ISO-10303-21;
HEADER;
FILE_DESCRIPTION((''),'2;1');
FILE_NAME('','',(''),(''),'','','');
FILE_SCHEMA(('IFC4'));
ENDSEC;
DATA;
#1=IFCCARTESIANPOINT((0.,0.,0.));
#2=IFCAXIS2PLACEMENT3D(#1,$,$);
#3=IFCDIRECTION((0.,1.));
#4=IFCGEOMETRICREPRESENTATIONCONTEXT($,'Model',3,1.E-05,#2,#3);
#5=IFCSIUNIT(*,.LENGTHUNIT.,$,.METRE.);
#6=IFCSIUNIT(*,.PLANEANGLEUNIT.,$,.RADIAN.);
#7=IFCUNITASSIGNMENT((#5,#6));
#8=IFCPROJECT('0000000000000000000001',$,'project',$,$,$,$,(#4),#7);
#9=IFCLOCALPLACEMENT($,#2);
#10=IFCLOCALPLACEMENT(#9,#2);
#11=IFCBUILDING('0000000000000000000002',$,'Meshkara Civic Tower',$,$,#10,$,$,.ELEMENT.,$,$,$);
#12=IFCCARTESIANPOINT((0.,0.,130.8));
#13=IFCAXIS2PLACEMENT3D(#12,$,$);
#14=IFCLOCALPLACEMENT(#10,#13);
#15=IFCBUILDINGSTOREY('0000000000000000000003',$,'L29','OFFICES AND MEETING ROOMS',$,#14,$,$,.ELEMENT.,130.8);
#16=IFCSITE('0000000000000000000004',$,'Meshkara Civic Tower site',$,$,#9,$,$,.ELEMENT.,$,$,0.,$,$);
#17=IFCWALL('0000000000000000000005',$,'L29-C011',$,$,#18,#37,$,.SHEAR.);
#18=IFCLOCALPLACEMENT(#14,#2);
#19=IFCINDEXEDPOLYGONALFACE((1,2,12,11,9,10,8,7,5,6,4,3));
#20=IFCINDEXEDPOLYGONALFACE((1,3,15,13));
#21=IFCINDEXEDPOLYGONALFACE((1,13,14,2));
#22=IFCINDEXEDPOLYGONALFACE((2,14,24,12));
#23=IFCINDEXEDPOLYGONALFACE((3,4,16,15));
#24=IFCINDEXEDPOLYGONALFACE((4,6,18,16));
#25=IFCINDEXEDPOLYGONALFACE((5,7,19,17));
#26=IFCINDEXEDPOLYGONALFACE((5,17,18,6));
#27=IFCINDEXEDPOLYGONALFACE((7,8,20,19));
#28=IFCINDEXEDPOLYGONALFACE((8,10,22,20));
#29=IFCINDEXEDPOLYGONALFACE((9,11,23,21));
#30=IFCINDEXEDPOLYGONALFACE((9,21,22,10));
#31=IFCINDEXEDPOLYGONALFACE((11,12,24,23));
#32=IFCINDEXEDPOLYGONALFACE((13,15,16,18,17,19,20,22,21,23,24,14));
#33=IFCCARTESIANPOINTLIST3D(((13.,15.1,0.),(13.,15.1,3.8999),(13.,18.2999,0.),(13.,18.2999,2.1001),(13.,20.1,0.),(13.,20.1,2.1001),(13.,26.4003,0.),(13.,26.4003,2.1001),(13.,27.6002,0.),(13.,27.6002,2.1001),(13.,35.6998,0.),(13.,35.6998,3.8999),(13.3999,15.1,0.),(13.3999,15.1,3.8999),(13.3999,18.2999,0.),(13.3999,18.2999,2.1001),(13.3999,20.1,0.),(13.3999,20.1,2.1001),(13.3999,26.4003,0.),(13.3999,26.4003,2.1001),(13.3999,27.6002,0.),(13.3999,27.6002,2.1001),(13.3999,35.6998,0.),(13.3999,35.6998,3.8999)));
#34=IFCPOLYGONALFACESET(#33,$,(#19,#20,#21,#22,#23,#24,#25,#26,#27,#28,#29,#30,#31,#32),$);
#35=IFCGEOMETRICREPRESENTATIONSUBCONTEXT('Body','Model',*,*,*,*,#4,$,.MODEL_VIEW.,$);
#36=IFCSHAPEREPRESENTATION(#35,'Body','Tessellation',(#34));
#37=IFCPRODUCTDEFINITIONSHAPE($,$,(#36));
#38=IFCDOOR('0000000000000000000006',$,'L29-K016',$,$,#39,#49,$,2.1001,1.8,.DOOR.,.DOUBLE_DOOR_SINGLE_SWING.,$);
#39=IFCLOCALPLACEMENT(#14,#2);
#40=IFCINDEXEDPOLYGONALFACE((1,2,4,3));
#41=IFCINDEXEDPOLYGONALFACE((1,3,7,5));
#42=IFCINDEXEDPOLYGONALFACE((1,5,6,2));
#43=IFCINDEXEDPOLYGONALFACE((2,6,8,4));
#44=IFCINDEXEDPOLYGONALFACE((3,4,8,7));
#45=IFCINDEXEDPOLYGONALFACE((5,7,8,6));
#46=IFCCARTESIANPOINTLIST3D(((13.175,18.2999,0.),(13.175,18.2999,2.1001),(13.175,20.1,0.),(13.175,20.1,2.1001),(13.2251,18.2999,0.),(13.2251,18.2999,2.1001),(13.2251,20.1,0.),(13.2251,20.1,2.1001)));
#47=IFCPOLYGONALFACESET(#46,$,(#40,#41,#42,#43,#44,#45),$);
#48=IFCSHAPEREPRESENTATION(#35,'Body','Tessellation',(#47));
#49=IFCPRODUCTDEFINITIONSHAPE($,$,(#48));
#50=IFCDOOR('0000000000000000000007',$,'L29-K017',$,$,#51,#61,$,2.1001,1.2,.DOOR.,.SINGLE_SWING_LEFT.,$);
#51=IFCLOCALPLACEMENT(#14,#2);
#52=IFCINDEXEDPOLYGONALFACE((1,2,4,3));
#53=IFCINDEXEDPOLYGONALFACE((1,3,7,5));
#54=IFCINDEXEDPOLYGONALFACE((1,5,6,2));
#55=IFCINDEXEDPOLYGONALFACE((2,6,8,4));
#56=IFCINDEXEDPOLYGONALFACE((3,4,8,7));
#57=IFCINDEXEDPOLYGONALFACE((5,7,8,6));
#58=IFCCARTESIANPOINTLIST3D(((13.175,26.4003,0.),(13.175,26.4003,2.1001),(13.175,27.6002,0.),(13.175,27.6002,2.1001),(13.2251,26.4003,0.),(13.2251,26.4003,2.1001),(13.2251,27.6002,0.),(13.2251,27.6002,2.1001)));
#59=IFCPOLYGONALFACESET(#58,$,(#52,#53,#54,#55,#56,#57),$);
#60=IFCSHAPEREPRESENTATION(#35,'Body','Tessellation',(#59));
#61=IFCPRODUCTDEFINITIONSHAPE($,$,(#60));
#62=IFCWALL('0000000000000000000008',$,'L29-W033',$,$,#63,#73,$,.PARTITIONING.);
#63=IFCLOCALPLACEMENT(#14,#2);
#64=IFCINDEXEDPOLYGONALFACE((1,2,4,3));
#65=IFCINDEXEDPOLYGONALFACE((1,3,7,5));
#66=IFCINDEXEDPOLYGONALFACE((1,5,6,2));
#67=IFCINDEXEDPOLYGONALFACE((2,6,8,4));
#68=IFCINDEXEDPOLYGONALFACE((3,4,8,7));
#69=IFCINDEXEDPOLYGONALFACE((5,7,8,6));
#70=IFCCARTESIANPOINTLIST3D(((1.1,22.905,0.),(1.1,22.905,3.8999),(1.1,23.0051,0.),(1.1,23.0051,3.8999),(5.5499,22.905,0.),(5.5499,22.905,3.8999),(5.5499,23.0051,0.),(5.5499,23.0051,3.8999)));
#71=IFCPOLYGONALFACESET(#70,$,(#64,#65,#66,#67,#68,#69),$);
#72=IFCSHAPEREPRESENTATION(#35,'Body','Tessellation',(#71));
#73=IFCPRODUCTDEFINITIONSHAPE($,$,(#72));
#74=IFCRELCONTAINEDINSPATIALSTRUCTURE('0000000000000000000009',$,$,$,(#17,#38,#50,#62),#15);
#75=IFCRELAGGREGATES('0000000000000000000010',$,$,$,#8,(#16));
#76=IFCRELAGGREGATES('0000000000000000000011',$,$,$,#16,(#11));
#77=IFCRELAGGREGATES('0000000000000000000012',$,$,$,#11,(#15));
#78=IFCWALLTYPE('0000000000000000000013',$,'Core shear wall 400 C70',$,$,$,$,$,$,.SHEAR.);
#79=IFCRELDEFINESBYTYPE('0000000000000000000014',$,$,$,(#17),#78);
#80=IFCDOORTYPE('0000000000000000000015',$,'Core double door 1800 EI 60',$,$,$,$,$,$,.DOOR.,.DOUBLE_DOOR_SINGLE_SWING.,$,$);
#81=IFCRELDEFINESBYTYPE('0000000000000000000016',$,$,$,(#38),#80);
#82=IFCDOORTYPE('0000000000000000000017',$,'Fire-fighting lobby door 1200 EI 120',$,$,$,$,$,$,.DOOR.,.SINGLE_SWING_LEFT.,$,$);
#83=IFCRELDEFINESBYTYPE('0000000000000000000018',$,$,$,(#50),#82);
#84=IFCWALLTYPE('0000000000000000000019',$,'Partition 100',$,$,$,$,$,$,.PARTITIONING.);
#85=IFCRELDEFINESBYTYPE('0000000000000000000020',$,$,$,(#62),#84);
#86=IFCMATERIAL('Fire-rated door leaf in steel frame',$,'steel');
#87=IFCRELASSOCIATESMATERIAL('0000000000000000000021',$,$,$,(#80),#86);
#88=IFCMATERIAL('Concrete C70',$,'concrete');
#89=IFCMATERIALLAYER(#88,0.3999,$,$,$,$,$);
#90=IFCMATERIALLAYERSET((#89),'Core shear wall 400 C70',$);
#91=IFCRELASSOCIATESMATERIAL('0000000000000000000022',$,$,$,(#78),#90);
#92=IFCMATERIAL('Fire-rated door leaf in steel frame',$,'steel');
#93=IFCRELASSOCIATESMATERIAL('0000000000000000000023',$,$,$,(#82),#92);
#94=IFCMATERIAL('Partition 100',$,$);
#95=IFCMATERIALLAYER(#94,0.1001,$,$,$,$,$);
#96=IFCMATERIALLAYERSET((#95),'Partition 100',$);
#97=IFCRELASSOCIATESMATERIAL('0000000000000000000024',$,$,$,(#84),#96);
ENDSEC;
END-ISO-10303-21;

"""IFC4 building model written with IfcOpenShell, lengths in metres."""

from ifc_helpers import new_model, si_unit, direction, frame, frame_2d, origin, place, context, subcontext, project, spatial, rectangle, extrude, material, layer, layer_set, type_object, element, fill, save


model = new_model("IFC4")

# Units and contexts
model_context = context("Model", 3, precision=1e-05, world=origin(), true_north=direction((0.0, 1.0)))
body_context = subcontext(model_context, "Body", "Model", "MODEL_VIEW")
ifc_project = project(units=[si_unit("LENGTHUNIT", "METRE"), si_unit("PLANEANGLEUNIT", "RADIAN")], contexts=[model_context])

# Site, building, storey
site_placement = place(None, origin())
site = spatial("IfcSite", under=ifc_project, at=site_placement, Name="Meshkara Civic Tower site", CompositionType="ELEMENT", RefElevation=0.0)
building_placement = place(site_placement, origin())
building = spatial("IfcBuilding", under=site, at=building_placement, Name="Meshkara Civic Tower", CompositionType="ELEMENT")
storey_placement = place(building_placement, frame((0.0, 0.0, 130.8)))
storey = spatial("IfcBuildingStorey", under=building, at=storey_placement, Name="L29", Description="OFFICES AND MEETING ROOMS", CompositionType="ELEMENT", Elevation=130.8)

# Shared definitions
ifc_material_1 = material(Name="Fire-rated door leaf in steel frame", Category="steel")
door_type_1 = type_object("IfcDoorType", Name="Core double door 1800 EI 60", OperationType="DOUBLE_DOOR_SINGLE_SWING", PredefinedType="DOOR", material=ifc_material_1)

# Shared definitions
ifc_material_2 = material(Name="Concrete C70", Category="concrete")
ifc_layer_1 = layer(ifc_material_2, 0.3999)
ifc_layer_set_1 = layer_set([ifc_layer_1], Name="Core shear wall 400 C70")
wall_type_1 = type_object("IfcWallType", Name="Core shear wall 400 C70", PredefinedType="SHEAR", material=ifc_layer_set_1)

# Wall, openings, doors
wall_1_placement = place(storey_placement, frame((13.2, 15.1001, 0.0), z_axis=(0.0, 0.0, 1.0), x_axis=(0.0, 1.0, 0.0)))
wall_1 = element("IfcWall", 1, at=wall_1_placement, inside=storey, type_object=wall_type_1, Name="L29-C011", PredefinedType="SHEAR", context=body_context, shape_type="SweptSolid", body=[
    extrude(rectangle(XDim=20.5999, YDim=0.3999, at=frame_2d((10.2998, 0.0))), origin(), (0.0, 0.0, 1.0), 3.8999),
])
opening_1_placement = place(wall_1_placement, frame((3.2, 0.0, 0.0)))
opening_1 = element("IfcOpeningElement", 2, at=opening_1_placement, cuts=wall_1, PredefinedType="OPENING", context=body_context, shape_type="SweptSolid", body=[
    extrude(rectangle(XDim=1.8, YDim=2.1001, at=frame_2d((0.8999, 1.05))), frame((0.0, 0.21, 0.0), z_axis=(0.0, -1.0, 0.0), x_axis=(1.0, 0.0, 0.0)), (0.0, 0.0, 1.0), 0.4199),
])
opening_2_placement = place(wall_1_placement, frame((11.3, 0.0, 0.0)))
opening_2 = element("IfcOpeningElement", 3, at=opening_2_placement, cuts=wall_1, PredefinedType="OPENING", context=body_context, shape_type="SweptSolid", body=[
    extrude(rectangle(XDim=1.2, YDim=2.1001, at=frame_2d((0.6001, 1.05))), frame((0.0, 0.21, 0.0), z_axis=(0.0, -1.0, 0.0), x_axis=(1.0, 0.0, 0.0)), (0.0, 0.0, 1.0), 0.4199),
])
door_1_placement = place(opening_1_placement, origin())
door_1 = element("IfcDoor", 4, at=door_1_placement, inside=storey, type_object=door_type_1, Name="L29-K016", OperationType="DOUBLE_DOOR_SINGLE_SWING", OverallHeight=2.1001, OverallWidth=1.8, PredefinedType="DOOR", context=body_context, shape_type="SweptSolid", body=[
    extrude(rectangle(XDim=1.8, YDim=2.1001, at=frame_2d((0.8999, 1.05))), frame((0.0, 0.0249, 0.0), z_axis=(0.0, -1.0, 0.0), x_axis=(1.0, 0.0, 0.0)), (0.0, 0.0, 1.0), 0.05),
])
fill(opening_1, door_1)
ifc_material_3 = material(Name="Fire-rated door leaf in steel frame", Category="steel")
door_type_2 = type_object("IfcDoorType", Name="Fire-fighting lobby door 1200 EI 120", OperationType="SINGLE_SWING_LEFT", PredefinedType="DOOR", material=ifc_material_3)
door_2_placement = place(opening_2_placement, origin())
door_2 = element("IfcDoor", 5, at=door_2_placement, inside=storey, type_object=door_type_2, Name="L29-K017", OperationType="SINGLE_SWING_LEFT", OverallHeight=2.1001, OverallWidth=1.2, PredefinedType="DOOR", context=body_context, shape_type="SweptSolid", body=[
    extrude(rectangle(XDim=1.2, YDim=2.1001, at=frame_2d((0.6001, 1.05))), frame((0.0, 0.0249, 0.0), z_axis=(0.0, -1.0, 0.0), x_axis=(1.0, 0.0, 0.0)), (0.0, 0.0, 1.0), 0.05),
])
fill(opening_2, door_2)

# Wall
ifc_material_4 = material(Name="Partition 100")
ifc_layer_2 = layer(ifc_material_4, 0.1001)
ifc_layer_set_2 = layer_set([ifc_layer_2], Name="Partition 100")
wall_type_2 = type_object("IfcWallType", Name="Partition 100", PredefinedType="PARTITIONING", material=ifc_layer_set_2)
wall_2_placement = place(storey_placement, frame((5.55, 22.9551, 0.0), z_axis=(0.0, 0.0, 1.0), x_axis=(-1.0, 0.0, 0.0)))
element("IfcWall", 6, at=wall_2_placement, inside=storey, type_object=wall_type_2, Name="L29-W033", PredefinedType="PARTITIONING", context=body_context, shape_type="SweptSolid", body=[
    extrude(rectangle(XDim=4.45, YDim=0.1001, at=frame_2d((2.2251, 0.0))), origin(), (0.0, 0.0, 1.0), 3.8999),
])

save(model, "model.ifc")
